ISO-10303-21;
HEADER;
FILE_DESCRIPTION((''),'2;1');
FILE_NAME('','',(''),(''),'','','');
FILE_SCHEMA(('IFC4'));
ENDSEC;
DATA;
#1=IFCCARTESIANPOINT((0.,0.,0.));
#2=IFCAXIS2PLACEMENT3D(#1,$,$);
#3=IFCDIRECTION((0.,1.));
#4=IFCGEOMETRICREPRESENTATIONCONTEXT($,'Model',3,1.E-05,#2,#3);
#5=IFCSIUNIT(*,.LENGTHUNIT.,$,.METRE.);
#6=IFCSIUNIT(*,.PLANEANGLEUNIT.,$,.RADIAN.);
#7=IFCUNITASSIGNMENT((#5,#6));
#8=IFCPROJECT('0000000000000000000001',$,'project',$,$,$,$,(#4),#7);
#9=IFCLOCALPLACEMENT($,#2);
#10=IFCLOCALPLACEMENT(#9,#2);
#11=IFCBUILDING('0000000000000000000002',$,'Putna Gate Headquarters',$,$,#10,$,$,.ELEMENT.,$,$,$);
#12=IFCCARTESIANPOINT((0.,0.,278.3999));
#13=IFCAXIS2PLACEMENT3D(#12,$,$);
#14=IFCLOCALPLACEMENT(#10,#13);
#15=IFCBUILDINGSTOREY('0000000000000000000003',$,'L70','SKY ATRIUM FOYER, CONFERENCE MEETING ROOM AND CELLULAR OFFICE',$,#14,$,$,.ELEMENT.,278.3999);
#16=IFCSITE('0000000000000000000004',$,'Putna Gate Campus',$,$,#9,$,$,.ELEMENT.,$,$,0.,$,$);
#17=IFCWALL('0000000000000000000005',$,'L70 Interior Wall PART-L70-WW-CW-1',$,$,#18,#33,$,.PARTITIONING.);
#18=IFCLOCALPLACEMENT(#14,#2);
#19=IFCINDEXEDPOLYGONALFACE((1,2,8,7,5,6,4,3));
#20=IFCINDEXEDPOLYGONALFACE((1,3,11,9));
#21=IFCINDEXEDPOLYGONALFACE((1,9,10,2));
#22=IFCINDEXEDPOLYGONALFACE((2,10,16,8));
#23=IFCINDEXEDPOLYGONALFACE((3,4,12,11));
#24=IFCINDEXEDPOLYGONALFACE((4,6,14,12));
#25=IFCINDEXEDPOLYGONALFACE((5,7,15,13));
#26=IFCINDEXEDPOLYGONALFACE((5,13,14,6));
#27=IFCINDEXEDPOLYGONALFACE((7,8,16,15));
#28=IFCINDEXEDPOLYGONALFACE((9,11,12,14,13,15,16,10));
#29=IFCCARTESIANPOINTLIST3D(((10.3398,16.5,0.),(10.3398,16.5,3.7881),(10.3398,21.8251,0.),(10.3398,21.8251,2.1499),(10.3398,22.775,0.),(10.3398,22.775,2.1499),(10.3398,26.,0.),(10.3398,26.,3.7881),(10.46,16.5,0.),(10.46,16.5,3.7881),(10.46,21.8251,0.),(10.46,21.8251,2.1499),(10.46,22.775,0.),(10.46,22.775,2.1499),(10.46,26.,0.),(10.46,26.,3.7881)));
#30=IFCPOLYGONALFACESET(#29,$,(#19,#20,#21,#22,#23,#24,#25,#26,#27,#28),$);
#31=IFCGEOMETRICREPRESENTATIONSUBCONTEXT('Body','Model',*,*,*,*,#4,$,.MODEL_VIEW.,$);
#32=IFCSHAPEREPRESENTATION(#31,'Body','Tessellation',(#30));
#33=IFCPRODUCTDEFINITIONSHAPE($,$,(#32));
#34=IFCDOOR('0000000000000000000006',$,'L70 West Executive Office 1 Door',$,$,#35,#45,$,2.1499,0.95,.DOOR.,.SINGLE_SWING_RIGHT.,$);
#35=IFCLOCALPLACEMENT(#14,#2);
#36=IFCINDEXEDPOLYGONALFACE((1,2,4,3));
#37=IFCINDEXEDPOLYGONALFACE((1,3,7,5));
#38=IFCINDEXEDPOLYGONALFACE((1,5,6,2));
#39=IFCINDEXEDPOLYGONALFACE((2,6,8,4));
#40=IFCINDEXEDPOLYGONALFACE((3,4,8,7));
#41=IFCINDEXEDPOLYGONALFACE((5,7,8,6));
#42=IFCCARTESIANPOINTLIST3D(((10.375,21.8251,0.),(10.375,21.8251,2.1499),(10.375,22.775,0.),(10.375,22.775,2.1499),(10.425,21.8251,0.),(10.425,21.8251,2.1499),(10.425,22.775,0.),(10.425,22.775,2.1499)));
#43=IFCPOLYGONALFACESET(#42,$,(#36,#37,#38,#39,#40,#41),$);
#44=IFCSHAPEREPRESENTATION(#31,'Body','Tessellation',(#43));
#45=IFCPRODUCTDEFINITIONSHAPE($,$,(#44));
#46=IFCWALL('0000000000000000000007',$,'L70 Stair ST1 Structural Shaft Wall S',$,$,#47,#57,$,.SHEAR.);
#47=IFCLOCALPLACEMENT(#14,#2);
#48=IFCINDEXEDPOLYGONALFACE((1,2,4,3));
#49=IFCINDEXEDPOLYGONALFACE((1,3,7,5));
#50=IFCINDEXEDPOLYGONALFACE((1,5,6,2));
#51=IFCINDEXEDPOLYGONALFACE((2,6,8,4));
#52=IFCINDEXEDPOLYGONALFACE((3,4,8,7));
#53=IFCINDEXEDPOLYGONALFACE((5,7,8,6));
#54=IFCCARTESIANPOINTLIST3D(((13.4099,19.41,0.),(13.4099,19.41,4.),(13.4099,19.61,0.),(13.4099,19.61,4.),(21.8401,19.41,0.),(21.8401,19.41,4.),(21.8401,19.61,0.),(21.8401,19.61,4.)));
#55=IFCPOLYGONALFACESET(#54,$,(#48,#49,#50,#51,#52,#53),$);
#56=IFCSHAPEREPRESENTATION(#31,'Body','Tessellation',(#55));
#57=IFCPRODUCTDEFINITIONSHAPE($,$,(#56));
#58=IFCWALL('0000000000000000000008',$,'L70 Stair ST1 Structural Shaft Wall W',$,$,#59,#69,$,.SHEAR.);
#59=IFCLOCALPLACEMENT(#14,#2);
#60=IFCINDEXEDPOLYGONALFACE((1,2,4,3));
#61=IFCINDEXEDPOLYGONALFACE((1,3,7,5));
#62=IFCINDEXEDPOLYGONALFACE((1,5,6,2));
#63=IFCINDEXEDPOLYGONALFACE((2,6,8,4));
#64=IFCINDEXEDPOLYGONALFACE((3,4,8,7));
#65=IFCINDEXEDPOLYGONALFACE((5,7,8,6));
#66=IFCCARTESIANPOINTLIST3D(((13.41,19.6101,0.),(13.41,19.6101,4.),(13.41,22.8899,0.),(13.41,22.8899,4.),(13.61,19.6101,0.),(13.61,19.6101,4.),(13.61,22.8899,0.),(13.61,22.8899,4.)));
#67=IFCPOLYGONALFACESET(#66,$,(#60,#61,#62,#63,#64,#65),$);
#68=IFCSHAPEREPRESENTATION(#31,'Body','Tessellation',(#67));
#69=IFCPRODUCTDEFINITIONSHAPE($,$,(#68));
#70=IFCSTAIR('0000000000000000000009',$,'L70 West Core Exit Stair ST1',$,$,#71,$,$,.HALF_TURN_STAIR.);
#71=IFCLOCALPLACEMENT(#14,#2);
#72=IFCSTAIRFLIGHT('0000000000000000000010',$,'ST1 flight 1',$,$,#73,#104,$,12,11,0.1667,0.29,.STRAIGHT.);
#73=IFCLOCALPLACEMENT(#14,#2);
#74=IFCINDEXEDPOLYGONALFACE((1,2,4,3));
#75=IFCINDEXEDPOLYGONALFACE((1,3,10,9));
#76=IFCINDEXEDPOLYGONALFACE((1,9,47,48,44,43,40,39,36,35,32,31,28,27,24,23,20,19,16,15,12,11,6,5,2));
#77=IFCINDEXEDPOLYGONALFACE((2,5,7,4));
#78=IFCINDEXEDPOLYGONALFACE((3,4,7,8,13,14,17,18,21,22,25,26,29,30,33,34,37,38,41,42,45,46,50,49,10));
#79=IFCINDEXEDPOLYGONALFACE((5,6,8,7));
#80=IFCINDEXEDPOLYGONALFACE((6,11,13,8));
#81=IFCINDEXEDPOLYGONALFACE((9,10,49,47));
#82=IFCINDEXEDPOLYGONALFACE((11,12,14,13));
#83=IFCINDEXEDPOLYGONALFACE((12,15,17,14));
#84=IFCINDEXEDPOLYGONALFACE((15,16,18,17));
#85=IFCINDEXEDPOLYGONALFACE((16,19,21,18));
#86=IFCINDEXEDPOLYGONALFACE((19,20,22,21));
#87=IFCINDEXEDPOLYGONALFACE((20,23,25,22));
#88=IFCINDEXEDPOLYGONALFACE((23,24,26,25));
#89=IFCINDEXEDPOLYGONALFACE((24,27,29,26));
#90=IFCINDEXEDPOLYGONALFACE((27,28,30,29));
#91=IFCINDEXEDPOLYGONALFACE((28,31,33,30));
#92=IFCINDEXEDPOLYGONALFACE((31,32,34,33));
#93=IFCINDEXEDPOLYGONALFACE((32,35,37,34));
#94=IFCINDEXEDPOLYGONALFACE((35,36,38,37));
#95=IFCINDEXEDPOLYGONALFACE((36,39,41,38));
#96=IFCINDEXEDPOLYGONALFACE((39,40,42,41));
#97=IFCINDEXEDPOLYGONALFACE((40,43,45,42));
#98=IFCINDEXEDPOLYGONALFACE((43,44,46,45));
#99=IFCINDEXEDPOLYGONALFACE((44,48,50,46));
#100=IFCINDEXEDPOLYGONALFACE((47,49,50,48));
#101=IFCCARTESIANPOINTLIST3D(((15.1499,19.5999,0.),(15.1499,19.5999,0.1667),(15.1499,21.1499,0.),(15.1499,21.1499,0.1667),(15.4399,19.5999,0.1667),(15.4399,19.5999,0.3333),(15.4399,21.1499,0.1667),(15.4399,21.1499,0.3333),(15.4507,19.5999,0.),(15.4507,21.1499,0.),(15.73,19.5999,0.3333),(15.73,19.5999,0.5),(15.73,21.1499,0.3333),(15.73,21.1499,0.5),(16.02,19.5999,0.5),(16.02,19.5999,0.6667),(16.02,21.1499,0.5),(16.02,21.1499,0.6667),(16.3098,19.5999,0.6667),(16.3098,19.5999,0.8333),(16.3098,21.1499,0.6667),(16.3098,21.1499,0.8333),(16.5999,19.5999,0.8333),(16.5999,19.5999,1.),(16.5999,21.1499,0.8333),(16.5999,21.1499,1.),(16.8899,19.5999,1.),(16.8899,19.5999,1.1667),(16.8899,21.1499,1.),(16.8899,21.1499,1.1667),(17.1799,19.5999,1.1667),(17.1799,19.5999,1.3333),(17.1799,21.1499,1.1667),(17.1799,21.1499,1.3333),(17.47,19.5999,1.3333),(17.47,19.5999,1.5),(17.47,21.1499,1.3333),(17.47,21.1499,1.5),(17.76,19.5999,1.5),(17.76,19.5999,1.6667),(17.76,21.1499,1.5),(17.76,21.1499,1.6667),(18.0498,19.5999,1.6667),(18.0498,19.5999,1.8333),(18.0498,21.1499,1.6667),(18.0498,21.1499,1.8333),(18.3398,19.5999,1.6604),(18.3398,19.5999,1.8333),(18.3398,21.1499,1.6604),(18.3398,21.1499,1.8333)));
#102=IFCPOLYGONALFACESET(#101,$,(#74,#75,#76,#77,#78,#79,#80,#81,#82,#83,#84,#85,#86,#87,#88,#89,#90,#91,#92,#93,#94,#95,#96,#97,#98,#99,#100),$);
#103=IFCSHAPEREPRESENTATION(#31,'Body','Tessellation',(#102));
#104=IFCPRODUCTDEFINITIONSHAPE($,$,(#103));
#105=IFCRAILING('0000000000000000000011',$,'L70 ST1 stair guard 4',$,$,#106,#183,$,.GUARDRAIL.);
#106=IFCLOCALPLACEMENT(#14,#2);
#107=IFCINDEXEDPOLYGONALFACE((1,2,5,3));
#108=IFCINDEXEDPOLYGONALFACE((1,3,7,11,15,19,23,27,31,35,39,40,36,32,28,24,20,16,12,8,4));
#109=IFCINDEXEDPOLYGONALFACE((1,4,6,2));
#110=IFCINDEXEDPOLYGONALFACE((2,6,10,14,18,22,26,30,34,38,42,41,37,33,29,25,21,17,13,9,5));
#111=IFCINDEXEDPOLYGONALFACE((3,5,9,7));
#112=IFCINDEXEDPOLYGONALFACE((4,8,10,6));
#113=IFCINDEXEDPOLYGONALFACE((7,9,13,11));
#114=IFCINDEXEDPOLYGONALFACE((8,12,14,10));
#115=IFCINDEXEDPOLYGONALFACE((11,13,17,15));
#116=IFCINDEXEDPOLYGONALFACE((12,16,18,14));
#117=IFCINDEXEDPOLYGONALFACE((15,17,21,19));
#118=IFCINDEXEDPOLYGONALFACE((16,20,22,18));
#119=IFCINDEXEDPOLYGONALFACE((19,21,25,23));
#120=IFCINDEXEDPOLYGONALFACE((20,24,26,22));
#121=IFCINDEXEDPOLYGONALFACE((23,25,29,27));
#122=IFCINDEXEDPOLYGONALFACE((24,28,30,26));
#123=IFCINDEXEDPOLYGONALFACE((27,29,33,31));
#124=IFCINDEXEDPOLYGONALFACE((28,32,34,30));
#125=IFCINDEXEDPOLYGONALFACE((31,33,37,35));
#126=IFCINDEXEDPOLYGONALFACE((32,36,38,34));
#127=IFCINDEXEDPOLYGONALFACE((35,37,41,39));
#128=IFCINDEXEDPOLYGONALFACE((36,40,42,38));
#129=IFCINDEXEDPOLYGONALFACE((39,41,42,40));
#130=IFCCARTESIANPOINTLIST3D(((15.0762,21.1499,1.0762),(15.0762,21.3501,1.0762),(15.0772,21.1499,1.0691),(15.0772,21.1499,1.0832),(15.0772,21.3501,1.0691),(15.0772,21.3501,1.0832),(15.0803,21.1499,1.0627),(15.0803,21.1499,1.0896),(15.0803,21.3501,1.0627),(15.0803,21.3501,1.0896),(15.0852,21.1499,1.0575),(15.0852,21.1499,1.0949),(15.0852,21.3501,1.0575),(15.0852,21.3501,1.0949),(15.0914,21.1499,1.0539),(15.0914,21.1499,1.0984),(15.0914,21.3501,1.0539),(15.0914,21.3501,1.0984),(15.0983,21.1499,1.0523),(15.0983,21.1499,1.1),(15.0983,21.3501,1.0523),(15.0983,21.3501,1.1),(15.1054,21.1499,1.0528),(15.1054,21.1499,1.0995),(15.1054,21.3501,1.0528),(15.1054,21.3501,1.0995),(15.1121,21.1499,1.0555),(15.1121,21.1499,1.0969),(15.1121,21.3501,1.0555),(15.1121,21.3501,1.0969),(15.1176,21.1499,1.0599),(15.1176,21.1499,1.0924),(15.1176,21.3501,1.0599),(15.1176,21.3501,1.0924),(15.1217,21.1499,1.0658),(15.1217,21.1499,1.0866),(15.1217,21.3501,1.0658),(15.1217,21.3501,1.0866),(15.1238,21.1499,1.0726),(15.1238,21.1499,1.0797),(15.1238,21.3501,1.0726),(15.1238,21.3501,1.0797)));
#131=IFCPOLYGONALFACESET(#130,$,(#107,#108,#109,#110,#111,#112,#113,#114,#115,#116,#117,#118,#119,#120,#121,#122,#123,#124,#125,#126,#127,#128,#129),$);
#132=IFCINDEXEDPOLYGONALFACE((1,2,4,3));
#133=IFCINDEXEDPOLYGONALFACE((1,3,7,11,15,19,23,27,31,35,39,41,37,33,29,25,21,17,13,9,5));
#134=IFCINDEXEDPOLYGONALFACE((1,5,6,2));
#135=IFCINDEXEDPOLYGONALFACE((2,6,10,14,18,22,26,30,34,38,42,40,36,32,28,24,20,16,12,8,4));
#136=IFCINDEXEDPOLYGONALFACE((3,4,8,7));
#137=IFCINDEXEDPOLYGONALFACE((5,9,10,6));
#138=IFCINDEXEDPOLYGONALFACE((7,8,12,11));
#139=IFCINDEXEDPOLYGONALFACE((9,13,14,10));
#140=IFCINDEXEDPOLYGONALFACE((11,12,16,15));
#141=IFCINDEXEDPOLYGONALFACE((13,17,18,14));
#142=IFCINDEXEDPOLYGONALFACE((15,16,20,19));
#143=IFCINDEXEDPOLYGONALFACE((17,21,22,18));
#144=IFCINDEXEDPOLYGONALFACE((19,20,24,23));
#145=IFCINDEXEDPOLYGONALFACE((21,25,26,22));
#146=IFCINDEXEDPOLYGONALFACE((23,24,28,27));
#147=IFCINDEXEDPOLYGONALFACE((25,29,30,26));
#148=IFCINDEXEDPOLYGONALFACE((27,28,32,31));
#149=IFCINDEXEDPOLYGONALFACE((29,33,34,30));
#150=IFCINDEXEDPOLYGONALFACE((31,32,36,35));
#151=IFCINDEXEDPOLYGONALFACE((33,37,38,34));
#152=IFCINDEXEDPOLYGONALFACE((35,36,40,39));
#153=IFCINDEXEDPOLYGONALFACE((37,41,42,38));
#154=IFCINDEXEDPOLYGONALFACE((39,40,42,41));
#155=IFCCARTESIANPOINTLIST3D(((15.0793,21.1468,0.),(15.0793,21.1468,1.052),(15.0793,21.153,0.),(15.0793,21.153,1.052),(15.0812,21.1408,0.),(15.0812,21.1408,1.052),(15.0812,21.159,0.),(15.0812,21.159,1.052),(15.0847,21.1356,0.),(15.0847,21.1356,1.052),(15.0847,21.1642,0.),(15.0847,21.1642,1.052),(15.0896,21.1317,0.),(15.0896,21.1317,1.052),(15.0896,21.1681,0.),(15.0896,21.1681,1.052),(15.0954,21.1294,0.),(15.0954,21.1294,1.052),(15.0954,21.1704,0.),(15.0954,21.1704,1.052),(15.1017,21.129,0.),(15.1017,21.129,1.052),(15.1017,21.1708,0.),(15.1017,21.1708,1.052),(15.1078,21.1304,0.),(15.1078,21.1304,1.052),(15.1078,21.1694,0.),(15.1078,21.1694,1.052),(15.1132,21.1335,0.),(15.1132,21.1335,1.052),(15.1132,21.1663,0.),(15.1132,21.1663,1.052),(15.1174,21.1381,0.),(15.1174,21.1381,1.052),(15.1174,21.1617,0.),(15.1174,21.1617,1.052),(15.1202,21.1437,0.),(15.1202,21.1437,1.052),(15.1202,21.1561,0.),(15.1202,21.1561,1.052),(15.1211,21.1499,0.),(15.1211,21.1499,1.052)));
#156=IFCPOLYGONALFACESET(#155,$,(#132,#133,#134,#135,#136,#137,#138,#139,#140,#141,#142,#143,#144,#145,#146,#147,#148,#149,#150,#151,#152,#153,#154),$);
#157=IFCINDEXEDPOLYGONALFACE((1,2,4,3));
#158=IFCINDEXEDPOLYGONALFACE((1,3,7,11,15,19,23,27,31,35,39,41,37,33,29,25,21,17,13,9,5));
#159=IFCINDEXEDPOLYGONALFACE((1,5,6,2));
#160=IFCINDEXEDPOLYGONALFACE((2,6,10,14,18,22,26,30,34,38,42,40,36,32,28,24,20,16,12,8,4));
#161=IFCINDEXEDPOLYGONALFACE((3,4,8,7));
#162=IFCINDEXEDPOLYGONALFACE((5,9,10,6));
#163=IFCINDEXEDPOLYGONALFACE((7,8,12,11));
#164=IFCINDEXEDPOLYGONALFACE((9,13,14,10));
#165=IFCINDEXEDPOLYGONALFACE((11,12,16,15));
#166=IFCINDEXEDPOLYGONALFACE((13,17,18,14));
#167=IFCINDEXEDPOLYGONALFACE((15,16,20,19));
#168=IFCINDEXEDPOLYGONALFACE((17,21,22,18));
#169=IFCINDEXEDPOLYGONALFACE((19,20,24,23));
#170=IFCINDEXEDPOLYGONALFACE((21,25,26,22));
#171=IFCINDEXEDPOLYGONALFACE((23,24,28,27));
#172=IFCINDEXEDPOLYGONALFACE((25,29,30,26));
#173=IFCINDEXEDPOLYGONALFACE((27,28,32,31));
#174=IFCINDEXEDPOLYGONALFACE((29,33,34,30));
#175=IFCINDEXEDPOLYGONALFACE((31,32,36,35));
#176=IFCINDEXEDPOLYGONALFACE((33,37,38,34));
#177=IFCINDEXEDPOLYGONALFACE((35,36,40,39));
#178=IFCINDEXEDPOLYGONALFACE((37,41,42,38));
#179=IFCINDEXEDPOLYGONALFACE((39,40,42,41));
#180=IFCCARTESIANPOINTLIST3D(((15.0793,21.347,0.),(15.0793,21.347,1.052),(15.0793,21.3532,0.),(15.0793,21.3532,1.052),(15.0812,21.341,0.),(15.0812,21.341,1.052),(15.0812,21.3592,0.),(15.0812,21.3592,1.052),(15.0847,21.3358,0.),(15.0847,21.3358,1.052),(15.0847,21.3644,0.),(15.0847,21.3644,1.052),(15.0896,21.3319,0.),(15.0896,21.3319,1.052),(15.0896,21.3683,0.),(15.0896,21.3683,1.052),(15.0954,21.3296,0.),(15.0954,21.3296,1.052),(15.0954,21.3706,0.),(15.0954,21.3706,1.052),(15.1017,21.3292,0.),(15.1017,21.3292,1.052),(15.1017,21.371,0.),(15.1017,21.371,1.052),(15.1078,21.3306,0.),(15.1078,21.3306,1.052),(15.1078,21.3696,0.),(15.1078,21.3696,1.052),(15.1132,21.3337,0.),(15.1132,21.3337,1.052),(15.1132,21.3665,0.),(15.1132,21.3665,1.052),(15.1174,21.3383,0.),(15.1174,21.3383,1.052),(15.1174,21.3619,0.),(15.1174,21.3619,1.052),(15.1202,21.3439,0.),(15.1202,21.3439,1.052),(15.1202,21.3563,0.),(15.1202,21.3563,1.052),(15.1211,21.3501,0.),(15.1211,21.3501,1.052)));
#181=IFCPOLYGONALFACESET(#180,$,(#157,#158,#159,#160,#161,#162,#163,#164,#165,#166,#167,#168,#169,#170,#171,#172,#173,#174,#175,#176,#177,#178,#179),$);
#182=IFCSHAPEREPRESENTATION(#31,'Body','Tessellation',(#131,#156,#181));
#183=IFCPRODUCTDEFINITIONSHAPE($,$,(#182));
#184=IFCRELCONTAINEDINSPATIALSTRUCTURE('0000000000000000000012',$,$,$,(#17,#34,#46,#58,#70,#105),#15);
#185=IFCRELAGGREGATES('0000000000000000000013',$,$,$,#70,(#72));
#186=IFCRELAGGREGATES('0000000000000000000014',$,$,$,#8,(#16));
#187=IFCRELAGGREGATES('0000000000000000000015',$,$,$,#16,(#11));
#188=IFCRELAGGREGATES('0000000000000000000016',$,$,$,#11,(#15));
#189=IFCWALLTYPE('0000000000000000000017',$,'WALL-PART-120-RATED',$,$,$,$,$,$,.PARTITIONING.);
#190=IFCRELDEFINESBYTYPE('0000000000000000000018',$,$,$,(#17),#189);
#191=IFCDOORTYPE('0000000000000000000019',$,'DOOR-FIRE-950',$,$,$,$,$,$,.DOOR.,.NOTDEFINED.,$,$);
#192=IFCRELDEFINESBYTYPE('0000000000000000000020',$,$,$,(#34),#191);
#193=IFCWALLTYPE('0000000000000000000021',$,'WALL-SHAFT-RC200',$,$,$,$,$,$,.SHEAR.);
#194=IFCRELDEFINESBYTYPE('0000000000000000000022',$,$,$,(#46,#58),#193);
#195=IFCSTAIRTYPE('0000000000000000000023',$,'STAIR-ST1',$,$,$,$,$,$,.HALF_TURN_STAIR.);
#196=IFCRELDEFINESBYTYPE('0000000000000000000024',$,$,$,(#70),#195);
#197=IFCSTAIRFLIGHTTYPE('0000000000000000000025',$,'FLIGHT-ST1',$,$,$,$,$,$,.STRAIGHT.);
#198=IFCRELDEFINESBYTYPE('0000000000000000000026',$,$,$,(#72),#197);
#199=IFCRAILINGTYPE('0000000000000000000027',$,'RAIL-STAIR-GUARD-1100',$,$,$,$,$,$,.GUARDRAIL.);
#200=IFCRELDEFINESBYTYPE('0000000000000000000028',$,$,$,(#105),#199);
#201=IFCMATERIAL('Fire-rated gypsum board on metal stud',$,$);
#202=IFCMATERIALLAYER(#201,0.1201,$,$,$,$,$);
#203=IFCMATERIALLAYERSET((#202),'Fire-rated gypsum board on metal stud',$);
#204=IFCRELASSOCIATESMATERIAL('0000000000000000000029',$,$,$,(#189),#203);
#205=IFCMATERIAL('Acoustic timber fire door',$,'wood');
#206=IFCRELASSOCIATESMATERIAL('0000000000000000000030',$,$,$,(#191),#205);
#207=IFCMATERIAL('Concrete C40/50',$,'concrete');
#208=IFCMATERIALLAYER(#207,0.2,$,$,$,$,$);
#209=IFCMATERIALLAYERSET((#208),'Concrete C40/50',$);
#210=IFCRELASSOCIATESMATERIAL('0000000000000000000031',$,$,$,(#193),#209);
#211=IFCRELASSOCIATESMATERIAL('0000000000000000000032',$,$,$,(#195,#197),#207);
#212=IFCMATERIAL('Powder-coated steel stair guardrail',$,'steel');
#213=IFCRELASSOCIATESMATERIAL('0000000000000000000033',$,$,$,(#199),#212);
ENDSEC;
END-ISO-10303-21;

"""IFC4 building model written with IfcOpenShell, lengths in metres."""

from ifc_helpers import new_model, si_unit, direction, frame, frame_2d, origin, origin_2d, place, context, subcontext, project, spatial, polyline, rectangle, circle, outline, extrude, material, layer, layer_set, type_object, element, fill, aggregate, save


model = new_model("IFC4")

# Units and contexts
model_context = context("Model", 3, precision=1e-05, world=origin(), true_north=direction((0.0, 1.0)))
body_context = subcontext(model_context, "Body", "Model", "MODEL_VIEW")
ifc_project = project(units=[si_unit("LENGTHUNIT", "METRE"), si_unit("PLANEANGLEUNIT", "RADIAN")], contexts=[model_context])

# Site, building, storey
site_placement = place(None, origin())
site = spatial("IfcSite", under=ifc_project, at=site_placement, Name="Putna Gate Campus", CompositionType="ELEMENT", RefElevation=0.0)
building_placement = place(site_placement, origin())
building = spatial("IfcBuilding", under=site, at=building_placement, Name="Putna Gate Headquarters", CompositionType="ELEMENT")
storey_placement = place(building_placement, frame((0.0, 0.0, 278.3999)))
storey = spatial("IfcBuildingStorey", under=building, at=storey_placement, Name="L70", Description="SKY ATRIUM FOYER, CONFERENCE MEETING ROOM AND CELLULAR OFFICE", CompositionType="ELEMENT", Elevation=278.3999)

# Wall, opening, door
ifc_material_1 = material(Name="Fire-rated gypsum board on metal stud")
ifc_layer_1 = layer(ifc_material_1, 0.1201)
ifc_layer_set_1 = layer_set([ifc_layer_1], Name="Fire-rated gypsum board on metal stud")
wall_type_1 = type_object("IfcWallType", Name="WALL-PART-120-RATED", PredefinedType="PARTITIONING", material=ifc_layer_set_1)
ifc_material_2 = material(Name="Acoustic timber fire door", Category="wood")
door_type_1 = type_object("IfcDoorType", Name="DOOR-FIRE-950", OperationType="NOTDEFINED", PredefinedType="DOOR", material=ifc_material_2)
wall_1_placement = place(storey_placement, frame((10.3999, 16.5, 0.0), z_axis=(0.0, 0.0, 1.0), x_axis=(0.0, 1.0, 0.0)))
wall_1 = element("IfcWall", 1, at=wall_1_placement, inside=storey, type_object=wall_type_1, Name="L70 Interior Wall PART-L70-WW-CW-1", PredefinedType="PARTITIONING", context=body_context, shape_type="SweptSolid", body=[
    extrude(rectangle(XDim=9.5, YDim=0.1201, at=frame_2d((4.75, 0.0))), origin(), (0.0, 0.0, 1.0), 3.7881),
])
opening_1_placement = place(wall_1_placement, frame((5.325, 0.0, 0.0)))
opening_1 = element("IfcOpeningElement", 2, at=opening_1_placement, cuts=wall_1, PredefinedType="OPENING", context=body_context, shape_type="SweptSolid", body=[
    extrude(rectangle(XDim=0.95, YDim=2.1499, at=frame_2d((0.4751, 1.075))), frame((0.0, 0.0701, 0.0), z_axis=(0.0, -1.0, 0.0), x_axis=(1.0, 0.0, 0.0)), (0.0, 0.0, 1.0), 0.1401),
])
door_1_placement = place(opening_1_placement, origin())
door_1 = element("IfcDoor", 3, at=door_1_placement, inside=storey, type_object=door_type_1, Name="L70 West Executive Office 1 Door", OperationType="SINGLE_SWING_RIGHT", OverallHeight=2.1499, OverallWidth=0.95, PredefinedType="DOOR", context=body_context, shape_type="SweptSolid", body=[
    extrude(rectangle(XDim=0.95, YDim=2.1499, at=frame_2d((0.4751, 1.075))), frame((0.0, 0.0249, 0.0), z_axis=(0.0, -1.0, 0.0), x_axis=(1.0, 0.0, 0.0)), (0.0, 0.0, 1.0), 0.05),
])
fill(opening_1, door_1)

# Walls
ifc_material_3 = material(Name="Concrete C40/50", Category="concrete")
ifc_layer_2 = layer(ifc_material_3, 0.2)
ifc_layer_set_2 = layer_set([ifc_layer_2], Name="Concrete C40/50")
wall_type_2 = type_object("IfcWallType", Name="WALL-SHAFT-RC200", PredefinedType="SHEAR", material=ifc_layer_set_2)
wall_2_placement = place(storey_placement, frame((13.4099, 19.51, 0.0), z_axis=(0.0, 0.0, 1.0), x_axis=(1.0, 0.0, 0.0)))
element("IfcWall", 4, at=wall_2_placement, inside=storey, type_object=wall_type_2, Name="L70 Stair ST1 Structural Shaft Wall S", PredefinedType="SHEAR", context=body_context, shape_type="SweptSolid", body=[
    extrude(rectangle(XDim=8.4302, YDim=0.2, at=frame_2d((4.2151, 0.0))), origin(), (0.0, 0.0, 1.0), 4.0),
])
wall_3_placement = place(storey_placement, frame((13.51, 19.6101, 0.0), z_axis=(0.0, 0.0, 1.0), x_axis=(0.0, 1.0, 0.0)))
element("IfcWall", 5, at=wall_3_placement, inside=storey, type_object=wall_type_2, Name="L70 Stair ST1 Structural Shaft Wall W", PredefinedType="SHEAR", context=body_context, shape_type="SweptSolid", body=[
    extrude(rectangle(XDim=3.2798, YDim=0.2, at=frame_2d((1.6399, 0.0))), origin(), (0.0, 0.0, 1.0), 4.0),
])

# Stair, stair flight
stair_type = type_object("IfcStairType", Name="STAIR-ST1", PredefinedType="HALF_TURN_STAIR", material=ifc_material_3)
stair_placement = place(storey_placement, origin())
stair = element("IfcStair", 6, at=stair_placement, inside=storey, type_object=stair_type, Name="L70 West Core Exit Stair ST1", PredefinedType="HALF_TURN_STAIR")
stair_flight_type = type_object("IfcStairFlightType", Name="FLIGHT-ST1", PredefinedType="STRAIGHT", material=ifc_material_3)
stair_flight_placement = place(storey_placement, frame((15.1499, 20.375, 0.0), z_axis=(0.0, 0.0, 1.0), x_axis=(1.0, 0.0, 0.0)))
stair_flight = element("IfcStairFlight", 7, at=stair_flight_placement, type_object=stair_flight_type, Name="ST1 flight 1", NumberOfRisers=12, NumberOfTreads=11, PredefinedType="STRAIGHT", RiserHeight=0.1667, TreadLength=0.29, context=body_context, shape_type="SweptSolid", body=[
    extrude(outline(polyline([(0.0, 0.0), (0.0, 0.1667), (0.29, 0.1667), (0.29, 0.3333), (0.5801, 0.3333), (0.5801, 0.5), (0.8701, 0.5), (0.8701, 0.6667), (1.1599, 0.6667), (1.1599, 0.8333), (1.45, 0.8333), (1.45, 1.0), (1.74, 1.0), (1.74, 1.1667), (2.03, 1.1667), (2.03, 1.3333), (2.3201, 1.3333), (2.3201, 1.5), (2.6101, 1.5), (2.6101, 1.6667), (2.8999, 1.6667), (2.8999, 1.8333), (3.1899, 1.8333), (3.1899, 2.0), (3.1899, 1.6604), (0.3008, 0.0), (0.0, 0.0)])), frame((0.0, 0.7749, 0.0), z_axis=(0.0, -1.0, 0.0), x_axis=(1.0, 0.0, 0.0)), (0.0, 0.0, 1.0), 1.55),
])
aggregate(stair, [stair_flight])

# Railing
ifc_material_4 = material(Name="Powder-coated steel stair guardrail", Category="steel")
railing_type_1 = type_object("IfcRailingType", Name="RAIL-STAIR-GUARD-1100", PredefinedType="GUARDRAIL", material=ifc_material_4)
railing_1_placement = place(storey_placement, frame((15.1001, 21.1499, 0.0)))
element("IfcRailing", 8, at=railing_1_placement, inside=storey, type_object=railing_type_1, Name="L70 ST1 stair guard 4", PredefinedType="GUARDRAIL", context=body_context, shape_type="SweptSolid", body=[
    extrude(circle(Radius=0.0239, at=origin_2d()), frame((0.0, 0.0, 1.0762), z_axis=(0.0, 1.0, 0.0), x_axis=(-1.0, 0.0, 0.0)), (0.0, 0.0, 1.0), 0.2002),
    extrude(circle(Radius=0.021, at=origin_2d()), origin(), (0.0, 0.0, 1.0), 1.052),
    extrude(circle(Radius=0.021, at=origin_2d()), frame((0.0, 0.2002, 0.0)), (0.0, 0.0, 1.0), 1.052),
])

save(model, "model.ifc")
